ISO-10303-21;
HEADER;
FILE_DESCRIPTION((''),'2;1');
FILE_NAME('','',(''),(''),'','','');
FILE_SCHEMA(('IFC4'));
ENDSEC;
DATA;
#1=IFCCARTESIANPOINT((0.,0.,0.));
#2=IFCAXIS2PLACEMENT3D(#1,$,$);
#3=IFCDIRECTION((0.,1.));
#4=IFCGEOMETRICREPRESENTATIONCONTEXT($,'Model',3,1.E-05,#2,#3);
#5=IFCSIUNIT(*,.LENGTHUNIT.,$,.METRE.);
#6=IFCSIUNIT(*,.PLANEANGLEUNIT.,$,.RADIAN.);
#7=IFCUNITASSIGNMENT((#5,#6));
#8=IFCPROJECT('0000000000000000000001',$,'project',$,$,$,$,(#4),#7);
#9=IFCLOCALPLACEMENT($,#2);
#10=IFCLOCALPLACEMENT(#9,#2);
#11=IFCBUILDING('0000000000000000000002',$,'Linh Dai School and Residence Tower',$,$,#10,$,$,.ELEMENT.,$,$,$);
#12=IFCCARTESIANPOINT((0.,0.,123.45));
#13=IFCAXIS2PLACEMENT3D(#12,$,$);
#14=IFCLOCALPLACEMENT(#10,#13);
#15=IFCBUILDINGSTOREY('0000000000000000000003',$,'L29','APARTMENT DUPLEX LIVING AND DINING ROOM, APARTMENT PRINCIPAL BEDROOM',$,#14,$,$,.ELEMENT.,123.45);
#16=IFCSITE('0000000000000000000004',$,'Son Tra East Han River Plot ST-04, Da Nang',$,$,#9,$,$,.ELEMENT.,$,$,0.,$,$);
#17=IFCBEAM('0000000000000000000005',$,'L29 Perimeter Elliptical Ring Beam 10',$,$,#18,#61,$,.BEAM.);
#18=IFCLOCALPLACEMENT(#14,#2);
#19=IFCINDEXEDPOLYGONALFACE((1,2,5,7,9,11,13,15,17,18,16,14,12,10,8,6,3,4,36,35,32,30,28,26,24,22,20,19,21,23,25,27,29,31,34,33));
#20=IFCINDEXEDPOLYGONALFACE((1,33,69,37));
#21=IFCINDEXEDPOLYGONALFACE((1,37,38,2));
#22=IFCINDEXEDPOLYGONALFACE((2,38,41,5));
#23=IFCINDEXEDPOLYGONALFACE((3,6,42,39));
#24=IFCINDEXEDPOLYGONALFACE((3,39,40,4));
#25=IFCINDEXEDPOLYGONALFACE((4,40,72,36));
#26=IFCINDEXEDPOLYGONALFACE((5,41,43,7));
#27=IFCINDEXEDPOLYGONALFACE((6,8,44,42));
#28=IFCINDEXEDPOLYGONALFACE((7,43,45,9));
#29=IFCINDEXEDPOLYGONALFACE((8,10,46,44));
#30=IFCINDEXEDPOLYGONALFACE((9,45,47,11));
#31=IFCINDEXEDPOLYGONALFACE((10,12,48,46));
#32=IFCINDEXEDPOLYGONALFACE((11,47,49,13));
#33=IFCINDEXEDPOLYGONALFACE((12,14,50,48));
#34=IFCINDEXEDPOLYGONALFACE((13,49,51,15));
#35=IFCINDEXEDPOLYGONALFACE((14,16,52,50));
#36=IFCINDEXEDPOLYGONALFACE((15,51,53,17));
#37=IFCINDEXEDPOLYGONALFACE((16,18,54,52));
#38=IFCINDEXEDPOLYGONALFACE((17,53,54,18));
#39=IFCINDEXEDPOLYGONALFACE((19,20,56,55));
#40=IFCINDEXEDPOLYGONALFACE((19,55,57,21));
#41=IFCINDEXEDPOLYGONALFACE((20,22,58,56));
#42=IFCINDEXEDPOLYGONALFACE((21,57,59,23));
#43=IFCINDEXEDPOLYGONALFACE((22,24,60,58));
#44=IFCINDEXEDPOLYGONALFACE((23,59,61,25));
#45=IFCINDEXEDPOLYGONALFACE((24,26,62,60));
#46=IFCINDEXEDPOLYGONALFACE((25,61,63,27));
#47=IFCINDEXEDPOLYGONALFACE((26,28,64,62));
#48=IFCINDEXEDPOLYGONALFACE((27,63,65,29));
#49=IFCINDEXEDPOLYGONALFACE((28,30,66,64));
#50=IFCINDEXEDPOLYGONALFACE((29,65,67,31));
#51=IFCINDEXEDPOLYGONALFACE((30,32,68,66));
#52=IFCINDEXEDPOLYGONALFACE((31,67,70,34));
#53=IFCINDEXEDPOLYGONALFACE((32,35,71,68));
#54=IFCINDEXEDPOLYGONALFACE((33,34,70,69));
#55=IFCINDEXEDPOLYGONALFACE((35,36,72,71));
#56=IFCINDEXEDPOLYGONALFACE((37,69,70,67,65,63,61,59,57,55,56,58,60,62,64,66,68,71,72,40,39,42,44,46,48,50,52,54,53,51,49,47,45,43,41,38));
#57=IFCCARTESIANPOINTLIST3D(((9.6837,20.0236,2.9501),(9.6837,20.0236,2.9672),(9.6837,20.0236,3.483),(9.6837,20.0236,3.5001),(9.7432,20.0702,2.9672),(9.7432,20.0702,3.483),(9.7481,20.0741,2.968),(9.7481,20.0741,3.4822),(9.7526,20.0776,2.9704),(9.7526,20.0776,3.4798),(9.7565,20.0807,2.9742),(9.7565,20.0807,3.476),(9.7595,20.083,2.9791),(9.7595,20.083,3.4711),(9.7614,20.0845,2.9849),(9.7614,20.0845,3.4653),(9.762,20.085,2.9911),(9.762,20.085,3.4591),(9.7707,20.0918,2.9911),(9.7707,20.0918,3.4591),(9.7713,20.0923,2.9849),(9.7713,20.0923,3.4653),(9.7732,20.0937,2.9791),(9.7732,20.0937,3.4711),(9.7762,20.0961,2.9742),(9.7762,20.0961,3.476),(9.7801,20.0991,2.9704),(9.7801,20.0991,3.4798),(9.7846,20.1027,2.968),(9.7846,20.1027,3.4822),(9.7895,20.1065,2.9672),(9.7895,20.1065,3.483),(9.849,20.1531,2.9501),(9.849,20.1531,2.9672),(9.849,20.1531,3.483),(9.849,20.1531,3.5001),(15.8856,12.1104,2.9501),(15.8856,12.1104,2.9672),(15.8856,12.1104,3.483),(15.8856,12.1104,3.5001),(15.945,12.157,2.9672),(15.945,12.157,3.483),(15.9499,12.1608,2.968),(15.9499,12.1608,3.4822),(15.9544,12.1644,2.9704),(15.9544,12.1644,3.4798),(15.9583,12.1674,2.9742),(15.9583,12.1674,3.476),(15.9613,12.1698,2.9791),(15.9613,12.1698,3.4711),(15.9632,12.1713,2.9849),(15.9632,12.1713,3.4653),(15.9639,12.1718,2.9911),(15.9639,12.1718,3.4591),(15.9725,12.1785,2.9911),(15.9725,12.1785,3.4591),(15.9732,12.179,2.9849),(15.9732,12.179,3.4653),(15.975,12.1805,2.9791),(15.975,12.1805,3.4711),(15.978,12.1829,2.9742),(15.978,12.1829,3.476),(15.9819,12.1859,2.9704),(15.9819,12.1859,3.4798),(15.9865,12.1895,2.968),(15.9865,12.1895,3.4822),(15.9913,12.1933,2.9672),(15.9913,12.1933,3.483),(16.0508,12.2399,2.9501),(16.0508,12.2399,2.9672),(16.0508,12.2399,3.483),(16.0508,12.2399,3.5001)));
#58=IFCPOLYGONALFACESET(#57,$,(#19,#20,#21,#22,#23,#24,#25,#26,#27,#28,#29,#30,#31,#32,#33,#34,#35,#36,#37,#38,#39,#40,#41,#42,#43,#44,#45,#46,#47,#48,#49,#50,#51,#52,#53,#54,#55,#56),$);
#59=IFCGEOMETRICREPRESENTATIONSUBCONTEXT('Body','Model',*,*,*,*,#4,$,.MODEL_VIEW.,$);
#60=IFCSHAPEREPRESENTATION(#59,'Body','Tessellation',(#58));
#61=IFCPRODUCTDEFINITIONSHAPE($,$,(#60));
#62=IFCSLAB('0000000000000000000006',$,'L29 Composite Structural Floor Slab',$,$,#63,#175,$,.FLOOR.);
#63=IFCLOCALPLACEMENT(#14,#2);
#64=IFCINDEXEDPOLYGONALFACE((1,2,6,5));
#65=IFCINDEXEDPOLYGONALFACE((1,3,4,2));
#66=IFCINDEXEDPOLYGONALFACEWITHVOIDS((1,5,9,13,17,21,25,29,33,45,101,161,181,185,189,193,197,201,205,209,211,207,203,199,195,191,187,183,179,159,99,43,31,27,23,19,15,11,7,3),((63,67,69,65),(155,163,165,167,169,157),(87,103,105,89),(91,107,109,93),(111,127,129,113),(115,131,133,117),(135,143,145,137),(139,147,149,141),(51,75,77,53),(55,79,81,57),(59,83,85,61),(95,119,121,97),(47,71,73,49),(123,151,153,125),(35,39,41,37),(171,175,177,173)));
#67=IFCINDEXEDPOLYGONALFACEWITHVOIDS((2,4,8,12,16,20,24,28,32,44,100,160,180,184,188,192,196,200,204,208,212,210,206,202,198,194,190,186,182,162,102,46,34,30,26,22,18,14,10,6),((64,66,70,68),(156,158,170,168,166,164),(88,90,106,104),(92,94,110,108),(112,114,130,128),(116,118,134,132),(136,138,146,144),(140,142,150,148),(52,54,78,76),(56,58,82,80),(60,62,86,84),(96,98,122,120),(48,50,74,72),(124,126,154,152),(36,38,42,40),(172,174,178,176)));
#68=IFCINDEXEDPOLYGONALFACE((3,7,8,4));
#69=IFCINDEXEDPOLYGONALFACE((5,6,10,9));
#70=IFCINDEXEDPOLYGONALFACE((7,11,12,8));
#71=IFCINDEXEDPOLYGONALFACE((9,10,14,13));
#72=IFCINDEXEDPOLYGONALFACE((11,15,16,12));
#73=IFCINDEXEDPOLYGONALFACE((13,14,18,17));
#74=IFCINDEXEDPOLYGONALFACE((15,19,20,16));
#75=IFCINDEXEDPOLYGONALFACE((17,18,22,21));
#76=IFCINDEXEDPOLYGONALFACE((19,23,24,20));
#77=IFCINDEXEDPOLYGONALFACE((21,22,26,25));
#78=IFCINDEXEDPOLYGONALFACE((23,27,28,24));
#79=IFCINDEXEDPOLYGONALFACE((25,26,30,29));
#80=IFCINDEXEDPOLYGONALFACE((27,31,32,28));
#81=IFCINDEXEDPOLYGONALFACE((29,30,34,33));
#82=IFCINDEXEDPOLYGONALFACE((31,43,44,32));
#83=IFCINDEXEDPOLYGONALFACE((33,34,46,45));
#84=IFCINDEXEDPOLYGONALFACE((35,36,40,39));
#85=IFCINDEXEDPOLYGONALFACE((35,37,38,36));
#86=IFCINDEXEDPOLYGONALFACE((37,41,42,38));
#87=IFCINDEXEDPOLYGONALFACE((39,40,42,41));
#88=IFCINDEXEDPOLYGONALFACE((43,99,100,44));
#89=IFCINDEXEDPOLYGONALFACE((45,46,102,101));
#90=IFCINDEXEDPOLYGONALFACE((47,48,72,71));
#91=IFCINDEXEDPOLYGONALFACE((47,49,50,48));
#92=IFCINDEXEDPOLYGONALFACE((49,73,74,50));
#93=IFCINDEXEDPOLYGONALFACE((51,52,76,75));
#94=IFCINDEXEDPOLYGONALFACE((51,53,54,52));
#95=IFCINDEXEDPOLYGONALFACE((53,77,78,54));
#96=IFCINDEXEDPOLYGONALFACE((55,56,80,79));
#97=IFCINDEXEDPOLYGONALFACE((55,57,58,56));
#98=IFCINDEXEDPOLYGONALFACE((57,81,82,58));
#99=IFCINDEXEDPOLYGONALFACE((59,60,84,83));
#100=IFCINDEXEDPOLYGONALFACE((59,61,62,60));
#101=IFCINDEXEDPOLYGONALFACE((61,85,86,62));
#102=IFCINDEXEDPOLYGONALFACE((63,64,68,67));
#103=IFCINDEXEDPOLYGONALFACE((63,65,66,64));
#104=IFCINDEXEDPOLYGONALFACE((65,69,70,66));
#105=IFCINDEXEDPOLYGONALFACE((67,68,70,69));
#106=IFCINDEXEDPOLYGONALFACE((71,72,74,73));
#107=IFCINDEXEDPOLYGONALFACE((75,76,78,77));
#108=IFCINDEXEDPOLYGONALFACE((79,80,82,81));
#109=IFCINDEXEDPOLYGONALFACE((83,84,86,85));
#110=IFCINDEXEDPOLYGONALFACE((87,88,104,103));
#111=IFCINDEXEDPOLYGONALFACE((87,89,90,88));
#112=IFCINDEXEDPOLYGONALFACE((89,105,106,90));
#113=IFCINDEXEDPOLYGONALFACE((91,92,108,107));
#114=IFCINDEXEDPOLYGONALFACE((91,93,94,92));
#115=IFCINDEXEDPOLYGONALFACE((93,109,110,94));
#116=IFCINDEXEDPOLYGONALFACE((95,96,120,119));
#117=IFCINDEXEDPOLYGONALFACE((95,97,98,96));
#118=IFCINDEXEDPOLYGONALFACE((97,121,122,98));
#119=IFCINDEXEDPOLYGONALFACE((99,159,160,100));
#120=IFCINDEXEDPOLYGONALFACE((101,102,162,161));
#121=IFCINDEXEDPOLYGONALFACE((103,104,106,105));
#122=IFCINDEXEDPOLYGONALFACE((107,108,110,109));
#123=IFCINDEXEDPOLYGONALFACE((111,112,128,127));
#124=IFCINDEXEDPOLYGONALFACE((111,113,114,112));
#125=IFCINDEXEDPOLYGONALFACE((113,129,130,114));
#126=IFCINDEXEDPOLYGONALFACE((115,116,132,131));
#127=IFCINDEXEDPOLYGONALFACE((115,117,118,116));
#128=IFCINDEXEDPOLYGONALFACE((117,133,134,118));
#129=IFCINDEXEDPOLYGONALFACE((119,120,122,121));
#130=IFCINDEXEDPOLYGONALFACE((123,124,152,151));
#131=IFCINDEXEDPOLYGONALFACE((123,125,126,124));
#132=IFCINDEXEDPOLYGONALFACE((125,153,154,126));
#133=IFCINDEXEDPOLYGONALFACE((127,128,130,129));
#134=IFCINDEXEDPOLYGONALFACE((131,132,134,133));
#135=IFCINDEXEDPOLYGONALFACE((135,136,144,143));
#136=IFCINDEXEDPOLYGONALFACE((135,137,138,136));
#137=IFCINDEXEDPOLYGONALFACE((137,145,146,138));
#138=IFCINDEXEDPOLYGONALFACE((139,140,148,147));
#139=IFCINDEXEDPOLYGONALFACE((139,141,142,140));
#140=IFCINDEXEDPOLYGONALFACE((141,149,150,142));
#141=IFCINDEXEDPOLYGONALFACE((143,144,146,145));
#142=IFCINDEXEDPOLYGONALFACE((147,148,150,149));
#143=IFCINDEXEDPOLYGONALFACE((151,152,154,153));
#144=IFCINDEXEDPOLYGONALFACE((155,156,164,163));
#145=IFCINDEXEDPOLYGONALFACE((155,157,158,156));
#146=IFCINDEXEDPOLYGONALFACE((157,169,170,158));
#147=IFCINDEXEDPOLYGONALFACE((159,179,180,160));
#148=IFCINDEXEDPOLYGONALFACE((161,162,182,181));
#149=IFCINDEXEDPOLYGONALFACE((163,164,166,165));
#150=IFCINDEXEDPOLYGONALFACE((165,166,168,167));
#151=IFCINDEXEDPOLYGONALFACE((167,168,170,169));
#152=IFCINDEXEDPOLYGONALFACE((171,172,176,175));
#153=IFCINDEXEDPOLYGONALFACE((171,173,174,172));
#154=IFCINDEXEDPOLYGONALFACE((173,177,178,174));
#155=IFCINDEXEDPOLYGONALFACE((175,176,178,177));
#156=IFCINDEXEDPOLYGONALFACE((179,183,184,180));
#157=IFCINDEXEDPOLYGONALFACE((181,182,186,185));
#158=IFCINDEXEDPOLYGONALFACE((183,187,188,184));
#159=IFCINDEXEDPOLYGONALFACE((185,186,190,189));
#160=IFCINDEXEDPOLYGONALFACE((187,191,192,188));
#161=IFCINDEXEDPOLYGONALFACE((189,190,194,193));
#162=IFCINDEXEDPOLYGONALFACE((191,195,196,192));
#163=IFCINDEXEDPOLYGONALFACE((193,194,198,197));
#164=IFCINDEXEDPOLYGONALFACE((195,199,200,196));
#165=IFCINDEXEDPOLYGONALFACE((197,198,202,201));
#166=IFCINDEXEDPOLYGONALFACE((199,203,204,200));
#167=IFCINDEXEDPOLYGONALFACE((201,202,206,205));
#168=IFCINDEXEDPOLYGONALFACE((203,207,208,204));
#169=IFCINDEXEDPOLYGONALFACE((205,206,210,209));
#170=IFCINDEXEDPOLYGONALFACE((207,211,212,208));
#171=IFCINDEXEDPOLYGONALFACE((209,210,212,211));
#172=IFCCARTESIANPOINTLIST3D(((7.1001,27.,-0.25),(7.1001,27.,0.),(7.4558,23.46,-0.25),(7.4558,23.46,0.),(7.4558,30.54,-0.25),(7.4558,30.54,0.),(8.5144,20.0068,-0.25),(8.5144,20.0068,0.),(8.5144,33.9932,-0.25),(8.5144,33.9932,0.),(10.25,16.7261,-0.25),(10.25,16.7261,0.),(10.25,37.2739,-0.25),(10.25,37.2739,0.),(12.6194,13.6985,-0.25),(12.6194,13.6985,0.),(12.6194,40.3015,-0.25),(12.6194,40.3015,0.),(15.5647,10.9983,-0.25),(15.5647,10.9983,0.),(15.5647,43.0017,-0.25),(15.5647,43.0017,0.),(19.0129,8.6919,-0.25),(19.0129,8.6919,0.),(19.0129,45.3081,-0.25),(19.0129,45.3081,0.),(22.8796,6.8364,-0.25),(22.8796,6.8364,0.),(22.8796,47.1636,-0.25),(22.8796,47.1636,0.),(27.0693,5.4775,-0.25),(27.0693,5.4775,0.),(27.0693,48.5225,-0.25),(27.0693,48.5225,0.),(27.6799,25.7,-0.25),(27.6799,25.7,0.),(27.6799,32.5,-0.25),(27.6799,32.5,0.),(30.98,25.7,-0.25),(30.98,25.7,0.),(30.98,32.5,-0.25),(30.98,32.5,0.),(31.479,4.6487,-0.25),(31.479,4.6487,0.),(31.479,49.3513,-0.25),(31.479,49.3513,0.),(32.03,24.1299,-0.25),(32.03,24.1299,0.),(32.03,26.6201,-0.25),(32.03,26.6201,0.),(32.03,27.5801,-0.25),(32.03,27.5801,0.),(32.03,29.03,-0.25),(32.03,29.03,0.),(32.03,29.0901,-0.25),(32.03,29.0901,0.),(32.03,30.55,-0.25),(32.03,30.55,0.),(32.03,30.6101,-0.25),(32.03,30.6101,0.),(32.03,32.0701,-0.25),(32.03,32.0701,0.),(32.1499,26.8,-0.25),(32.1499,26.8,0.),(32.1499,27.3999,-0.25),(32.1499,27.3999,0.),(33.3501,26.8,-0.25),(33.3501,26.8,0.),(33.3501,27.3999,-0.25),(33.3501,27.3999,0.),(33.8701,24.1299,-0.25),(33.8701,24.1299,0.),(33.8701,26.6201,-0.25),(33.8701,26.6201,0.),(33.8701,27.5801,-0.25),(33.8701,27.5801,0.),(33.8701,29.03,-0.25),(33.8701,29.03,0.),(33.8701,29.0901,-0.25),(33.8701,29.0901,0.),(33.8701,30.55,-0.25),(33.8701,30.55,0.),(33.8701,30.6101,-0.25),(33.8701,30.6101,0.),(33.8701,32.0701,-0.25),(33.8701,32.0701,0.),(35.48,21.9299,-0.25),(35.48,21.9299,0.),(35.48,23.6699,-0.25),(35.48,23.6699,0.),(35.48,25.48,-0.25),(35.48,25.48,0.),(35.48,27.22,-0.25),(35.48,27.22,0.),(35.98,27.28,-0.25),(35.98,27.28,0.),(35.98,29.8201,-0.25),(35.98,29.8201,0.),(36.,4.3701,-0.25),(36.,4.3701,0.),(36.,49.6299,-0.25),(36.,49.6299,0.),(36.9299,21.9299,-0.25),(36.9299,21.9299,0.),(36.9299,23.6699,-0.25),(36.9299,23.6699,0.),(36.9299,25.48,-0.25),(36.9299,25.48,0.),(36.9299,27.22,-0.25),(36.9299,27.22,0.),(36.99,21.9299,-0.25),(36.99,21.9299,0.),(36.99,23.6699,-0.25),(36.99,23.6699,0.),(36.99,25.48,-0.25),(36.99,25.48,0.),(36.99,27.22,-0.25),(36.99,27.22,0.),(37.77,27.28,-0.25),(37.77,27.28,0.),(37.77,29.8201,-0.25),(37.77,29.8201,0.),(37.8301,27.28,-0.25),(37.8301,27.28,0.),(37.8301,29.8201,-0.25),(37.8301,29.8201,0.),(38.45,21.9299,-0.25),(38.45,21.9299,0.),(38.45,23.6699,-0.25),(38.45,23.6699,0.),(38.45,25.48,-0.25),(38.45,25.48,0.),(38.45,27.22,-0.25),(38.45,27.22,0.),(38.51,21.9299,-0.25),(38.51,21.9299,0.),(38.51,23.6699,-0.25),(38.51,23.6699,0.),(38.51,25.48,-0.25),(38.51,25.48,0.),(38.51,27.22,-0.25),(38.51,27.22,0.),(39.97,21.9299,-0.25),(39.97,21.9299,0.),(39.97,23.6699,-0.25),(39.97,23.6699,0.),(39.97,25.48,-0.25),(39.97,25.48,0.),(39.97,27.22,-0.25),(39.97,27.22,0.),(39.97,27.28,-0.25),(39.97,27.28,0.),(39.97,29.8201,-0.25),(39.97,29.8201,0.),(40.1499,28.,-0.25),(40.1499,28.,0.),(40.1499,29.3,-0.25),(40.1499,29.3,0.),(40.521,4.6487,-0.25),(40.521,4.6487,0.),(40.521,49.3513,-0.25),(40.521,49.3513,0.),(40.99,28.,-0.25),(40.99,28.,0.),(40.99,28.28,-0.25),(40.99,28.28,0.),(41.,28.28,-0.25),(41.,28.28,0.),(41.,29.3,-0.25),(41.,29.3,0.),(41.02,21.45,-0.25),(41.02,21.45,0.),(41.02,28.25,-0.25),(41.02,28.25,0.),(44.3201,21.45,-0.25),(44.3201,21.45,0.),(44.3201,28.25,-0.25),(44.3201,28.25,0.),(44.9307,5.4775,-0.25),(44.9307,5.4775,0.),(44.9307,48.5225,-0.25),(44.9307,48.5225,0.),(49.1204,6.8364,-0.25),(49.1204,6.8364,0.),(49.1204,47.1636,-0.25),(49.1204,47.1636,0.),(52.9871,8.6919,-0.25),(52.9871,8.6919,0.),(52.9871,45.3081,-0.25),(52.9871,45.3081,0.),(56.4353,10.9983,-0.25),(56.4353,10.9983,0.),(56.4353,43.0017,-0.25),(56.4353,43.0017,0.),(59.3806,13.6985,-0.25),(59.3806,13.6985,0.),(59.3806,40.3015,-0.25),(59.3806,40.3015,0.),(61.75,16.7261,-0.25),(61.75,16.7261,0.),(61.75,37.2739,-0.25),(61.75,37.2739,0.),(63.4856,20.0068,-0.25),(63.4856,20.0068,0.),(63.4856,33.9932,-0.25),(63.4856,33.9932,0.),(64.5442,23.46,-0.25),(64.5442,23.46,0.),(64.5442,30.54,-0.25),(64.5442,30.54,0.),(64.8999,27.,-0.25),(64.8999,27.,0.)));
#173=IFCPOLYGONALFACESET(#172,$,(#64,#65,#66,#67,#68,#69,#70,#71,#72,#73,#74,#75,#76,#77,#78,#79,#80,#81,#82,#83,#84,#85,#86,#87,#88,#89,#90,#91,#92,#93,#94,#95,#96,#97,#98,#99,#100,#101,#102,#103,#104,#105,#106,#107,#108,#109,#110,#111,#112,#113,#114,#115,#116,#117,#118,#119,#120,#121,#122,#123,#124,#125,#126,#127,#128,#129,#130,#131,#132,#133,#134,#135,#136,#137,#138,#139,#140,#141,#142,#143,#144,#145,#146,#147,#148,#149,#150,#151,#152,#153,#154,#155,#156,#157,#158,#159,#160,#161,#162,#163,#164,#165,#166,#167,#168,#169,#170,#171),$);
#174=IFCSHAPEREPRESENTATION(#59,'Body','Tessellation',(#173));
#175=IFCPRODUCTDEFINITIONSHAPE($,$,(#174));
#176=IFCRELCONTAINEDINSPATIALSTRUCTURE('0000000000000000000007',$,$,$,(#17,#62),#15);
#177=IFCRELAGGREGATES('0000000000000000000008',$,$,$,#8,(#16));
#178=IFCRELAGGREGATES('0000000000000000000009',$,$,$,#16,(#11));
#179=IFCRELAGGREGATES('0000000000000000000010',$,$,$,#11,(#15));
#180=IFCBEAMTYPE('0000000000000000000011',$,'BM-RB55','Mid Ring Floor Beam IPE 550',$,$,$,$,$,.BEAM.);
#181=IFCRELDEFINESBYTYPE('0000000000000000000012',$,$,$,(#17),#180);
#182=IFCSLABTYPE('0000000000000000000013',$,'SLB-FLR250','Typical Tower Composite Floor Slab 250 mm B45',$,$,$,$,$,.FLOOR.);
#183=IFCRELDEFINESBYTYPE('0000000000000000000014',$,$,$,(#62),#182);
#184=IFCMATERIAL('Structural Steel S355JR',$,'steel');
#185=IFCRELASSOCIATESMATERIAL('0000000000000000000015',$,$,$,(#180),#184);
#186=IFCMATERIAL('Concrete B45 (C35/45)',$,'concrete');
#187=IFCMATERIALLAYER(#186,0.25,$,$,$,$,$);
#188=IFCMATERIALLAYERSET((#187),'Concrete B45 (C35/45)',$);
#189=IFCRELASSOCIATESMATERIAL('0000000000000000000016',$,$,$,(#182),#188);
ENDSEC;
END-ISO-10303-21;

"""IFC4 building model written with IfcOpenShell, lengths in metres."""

from ifc_helpers import new_model, si_unit, direction, frame, origin, origin_2d, place, context, subcontext, project, spatial, polyline, i_section, outline, extrude, material, layer, layer_set, material_profile, profile_set, type_object, element, save


model = new_model("IFC4")

# Units and contexts
model_context = context("Model", 3, precision=1e-05, world=origin(), true_north=direction((0.0, 1.0)))
body_context = subcontext(model_context, "Body", "Model", "MODEL_VIEW")
ifc_project = project(units=[si_unit("LENGTHUNIT", "METRE"), si_unit("PLANEANGLEUNIT", "RADIAN")], contexts=[model_context])

# Site, building, storey
site_placement = place(None, origin())
site = spatial("IfcSite", under=ifc_project, at=site_placement, Name="Son Tra East Han River Plot ST-04, Da Nang", CompositionType="ELEMENT", RefElevation=0.0)
building_placement = place(site_placement, origin())
building = spatial("IfcBuilding", under=site, at=building_placement, Name="Linh Dai School and Residence Tower", CompositionType="ELEMENT")
storey_placement = place(building_placement, frame((0.0, 0.0, 123.45)))
storey = spatial("IfcBuildingStorey", under=building, at=storey_placement, Name="L29", Description="APARTMENT DUPLEX LIVING AND DINING ROOM, APARTMENT PRINCIPAL BEDROOM", CompositionType="ELEMENT", Elevation=123.45)

# Shared definitions
ifc_material_1 = material(Name="Structural Steel S355JR", Category="steel")

# Beam
ifc_material_profile_1 = material_profile(ifc_material_1, i_section(OverallWidth=0.21, OverallDepth=0.55, WebThickness=0.011, FlangeThickness=0.0171, FilletRadius=0.0239, at=origin_2d()), Name="IPE 550")
ifc_profile_set_1 = profile_set([ifc_material_profile_1], Name="Structural Steel S355JR")
beam_type = type_object("IfcBeamType", Name="BM-RB55", Description="Mid Ring Floor Beam IPE 550", PredefinedType="BEAM", material=ifc_profile_set_1)
beam_placement = place(storey_placement, frame((9.7664, 20.0884, 3.2251), z_axis=(0.616855, -0.787077, 0.0), x_axis=(0.787077, 0.616855, 0.0)))
element("IfcBeam", 1, at=beam_placement, inside=storey, type_object=beam_type, Name="L29 Perimeter Elliptical Ring Beam 10", PredefinedType="BEAM", context=body_context, shape_type="SweptSolid", body=[
    extrude(i_section(OverallWidth=0.21, OverallDepth=0.55, WebThickness=0.011, FlangeThickness=0.0171, FilletRadius=0.0239, at=origin_2d()), origin(), (0.0, 0.0, 1.0), 10.054),
])

# Slab
ifc_material_2 = material(Name="Concrete B45 (C35/45)", Category="concrete")
ifc_layer_1 = layer(ifc_material_2, 0.25)
ifc_layer_set_1 = layer_set([ifc_layer_1], Name="Concrete B45 (C35/45)")
slab_type_1 = type_object("IfcSlabType", Name="SLB-FLR250", Description="Typical Tower Composite Floor Slab 250 mm B45", PredefinedType="FLOOR", material=ifc_layer_set_1)
slab_1_placement = place(storey_placement, frame((0.0, 0.0, -0.25)))
element("IfcSlab", 2, at=slab_1_placement, inside=storey, type_object=slab_type_1, Name="L29 Composite Structural Floor Slab", PredefinedType="FLOOR", context=body_context, shape_type="SweptSolid", body=[
    extrude(outline(polyline([(64.8999, 27.0), (64.5442, 30.54), (63.4856, 33.9932), (61.75, 37.2739), (59.3806, 40.3015), (56.4353, 43.0017), (52.9871, 45.3081), (49.1204, 47.1636), (44.9307, 48.5225), (40.521, 49.3513), (36.0, 49.6299), (31.479, 49.3513), (27.0693, 48.5225), (22.8796, 47.1636), (19.0129, 45.3081), (15.5647, 43.0017), (12.6194, 40.3015), (10.25, 37.2739), (8.5144, 33.9932), (7.4558, 30.54), (7.1001, 27.0), (7.4558, 23.46), (8.5144, 20.0068), (10.25, 16.7261), (12.6194, 13.6985), (15.5647, 10.9983), (19.0129, 8.6919), (22.8796, 6.8364), (27.0693, 5.4775), (31.479, 4.6487), (36.0, 4.3701), (40.521, 4.6487), (44.9307, 5.4775), (49.1204, 6.8364), (52.9871, 8.6919), (56.4353, 10.9983), (59.3806, 13.6985), (61.75, 16.7261), (63.4856, 20.0068), (64.5442, 23.46), (64.8999, 27.0)]), holes=[polyline([(30.98, 25.7), (30.98, 32.5), (27.6799, 32.5), (27.6799, 25.7), (30.98, 25.7)]), polyline([(41.02, 28.25), (41.02, 21.45), (44.3201, 21.45), (44.3201, 28.25), (41.02, 28.25)]), polyline([(35.98, 27.28), (37.77, 27.28), (37.77, 29.8201), (35.98, 29.8201), (35.98, 27.28)]), polyline([(32.03, 24.1299), (33.8701, 24.1299), (33.8701, 26.6201), (32.03, 26.6201), (32.03, 24.1299)]), polyline([(37.8301, 27.28), (39.97, 27.28), (39.97, 29.8201), (37.8301, 29.8201), (37.8301, 27.28)]), polyline([(35.48, 21.9299), (36.9299, 21.9299), (36.9299, 23.6699), (35.48, 23.6699), (35.48, 21.9299)]), polyline([(36.99, 21.9299), (38.45, 21.9299), (38.45, 23.6699), (36.99, 23.6699), (36.99, 21.9299)]), polyline([(38.51, 21.9299), (39.97, 21.9299), (39.97, 23.6699), (38.51, 23.6699), (38.51, 21.9299)]), polyline([(32.03, 27.5801), (33.8701, 27.5801), (33.8701, 29.03), (32.03, 29.03), (32.03, 27.5801)]), polyline([(32.03, 29.0901), (33.8701, 29.0901), (33.8701, 30.55), (32.03, 30.55), (32.03, 29.0901)]), polyline([(32.03, 30.6101), (33.8701, 30.6101), (33.8701, 32.0701), (32.03, 32.0701), (32.03, 30.6101)]), polyline([(35.48, 25.48), (36.9299, 25.48), (36.9299, 27.22), (35.48, 27.22), (35.48, 25.48)]), polyline([(36.99, 25.48), (38.45, 25.48), (38.45, 27.22), (36.99, 27.22), (36.99, 25.48)]), polyline([(38.51, 25.48), (39.97, 25.48), (39.97, 27.22), (38.51, 27.22), (38.51, 25.48)]), polyline([(40.1499, 28.0), (40.1499, 29.3), (41.0, 29.3), (41.0, 28.28), (40.99, 28.28), (40.99, 28.0), (40.1499, 28.0)]), polyline([(32.1499, 26.8), (33.3501, 26.8), (33.3501, 27.3999), (32.1499, 27.3999), (32.1499, 26.8)])]), origin(), (0.0, 0.0, 1.0), 0.25),
])

save(model, "model.ifc")
